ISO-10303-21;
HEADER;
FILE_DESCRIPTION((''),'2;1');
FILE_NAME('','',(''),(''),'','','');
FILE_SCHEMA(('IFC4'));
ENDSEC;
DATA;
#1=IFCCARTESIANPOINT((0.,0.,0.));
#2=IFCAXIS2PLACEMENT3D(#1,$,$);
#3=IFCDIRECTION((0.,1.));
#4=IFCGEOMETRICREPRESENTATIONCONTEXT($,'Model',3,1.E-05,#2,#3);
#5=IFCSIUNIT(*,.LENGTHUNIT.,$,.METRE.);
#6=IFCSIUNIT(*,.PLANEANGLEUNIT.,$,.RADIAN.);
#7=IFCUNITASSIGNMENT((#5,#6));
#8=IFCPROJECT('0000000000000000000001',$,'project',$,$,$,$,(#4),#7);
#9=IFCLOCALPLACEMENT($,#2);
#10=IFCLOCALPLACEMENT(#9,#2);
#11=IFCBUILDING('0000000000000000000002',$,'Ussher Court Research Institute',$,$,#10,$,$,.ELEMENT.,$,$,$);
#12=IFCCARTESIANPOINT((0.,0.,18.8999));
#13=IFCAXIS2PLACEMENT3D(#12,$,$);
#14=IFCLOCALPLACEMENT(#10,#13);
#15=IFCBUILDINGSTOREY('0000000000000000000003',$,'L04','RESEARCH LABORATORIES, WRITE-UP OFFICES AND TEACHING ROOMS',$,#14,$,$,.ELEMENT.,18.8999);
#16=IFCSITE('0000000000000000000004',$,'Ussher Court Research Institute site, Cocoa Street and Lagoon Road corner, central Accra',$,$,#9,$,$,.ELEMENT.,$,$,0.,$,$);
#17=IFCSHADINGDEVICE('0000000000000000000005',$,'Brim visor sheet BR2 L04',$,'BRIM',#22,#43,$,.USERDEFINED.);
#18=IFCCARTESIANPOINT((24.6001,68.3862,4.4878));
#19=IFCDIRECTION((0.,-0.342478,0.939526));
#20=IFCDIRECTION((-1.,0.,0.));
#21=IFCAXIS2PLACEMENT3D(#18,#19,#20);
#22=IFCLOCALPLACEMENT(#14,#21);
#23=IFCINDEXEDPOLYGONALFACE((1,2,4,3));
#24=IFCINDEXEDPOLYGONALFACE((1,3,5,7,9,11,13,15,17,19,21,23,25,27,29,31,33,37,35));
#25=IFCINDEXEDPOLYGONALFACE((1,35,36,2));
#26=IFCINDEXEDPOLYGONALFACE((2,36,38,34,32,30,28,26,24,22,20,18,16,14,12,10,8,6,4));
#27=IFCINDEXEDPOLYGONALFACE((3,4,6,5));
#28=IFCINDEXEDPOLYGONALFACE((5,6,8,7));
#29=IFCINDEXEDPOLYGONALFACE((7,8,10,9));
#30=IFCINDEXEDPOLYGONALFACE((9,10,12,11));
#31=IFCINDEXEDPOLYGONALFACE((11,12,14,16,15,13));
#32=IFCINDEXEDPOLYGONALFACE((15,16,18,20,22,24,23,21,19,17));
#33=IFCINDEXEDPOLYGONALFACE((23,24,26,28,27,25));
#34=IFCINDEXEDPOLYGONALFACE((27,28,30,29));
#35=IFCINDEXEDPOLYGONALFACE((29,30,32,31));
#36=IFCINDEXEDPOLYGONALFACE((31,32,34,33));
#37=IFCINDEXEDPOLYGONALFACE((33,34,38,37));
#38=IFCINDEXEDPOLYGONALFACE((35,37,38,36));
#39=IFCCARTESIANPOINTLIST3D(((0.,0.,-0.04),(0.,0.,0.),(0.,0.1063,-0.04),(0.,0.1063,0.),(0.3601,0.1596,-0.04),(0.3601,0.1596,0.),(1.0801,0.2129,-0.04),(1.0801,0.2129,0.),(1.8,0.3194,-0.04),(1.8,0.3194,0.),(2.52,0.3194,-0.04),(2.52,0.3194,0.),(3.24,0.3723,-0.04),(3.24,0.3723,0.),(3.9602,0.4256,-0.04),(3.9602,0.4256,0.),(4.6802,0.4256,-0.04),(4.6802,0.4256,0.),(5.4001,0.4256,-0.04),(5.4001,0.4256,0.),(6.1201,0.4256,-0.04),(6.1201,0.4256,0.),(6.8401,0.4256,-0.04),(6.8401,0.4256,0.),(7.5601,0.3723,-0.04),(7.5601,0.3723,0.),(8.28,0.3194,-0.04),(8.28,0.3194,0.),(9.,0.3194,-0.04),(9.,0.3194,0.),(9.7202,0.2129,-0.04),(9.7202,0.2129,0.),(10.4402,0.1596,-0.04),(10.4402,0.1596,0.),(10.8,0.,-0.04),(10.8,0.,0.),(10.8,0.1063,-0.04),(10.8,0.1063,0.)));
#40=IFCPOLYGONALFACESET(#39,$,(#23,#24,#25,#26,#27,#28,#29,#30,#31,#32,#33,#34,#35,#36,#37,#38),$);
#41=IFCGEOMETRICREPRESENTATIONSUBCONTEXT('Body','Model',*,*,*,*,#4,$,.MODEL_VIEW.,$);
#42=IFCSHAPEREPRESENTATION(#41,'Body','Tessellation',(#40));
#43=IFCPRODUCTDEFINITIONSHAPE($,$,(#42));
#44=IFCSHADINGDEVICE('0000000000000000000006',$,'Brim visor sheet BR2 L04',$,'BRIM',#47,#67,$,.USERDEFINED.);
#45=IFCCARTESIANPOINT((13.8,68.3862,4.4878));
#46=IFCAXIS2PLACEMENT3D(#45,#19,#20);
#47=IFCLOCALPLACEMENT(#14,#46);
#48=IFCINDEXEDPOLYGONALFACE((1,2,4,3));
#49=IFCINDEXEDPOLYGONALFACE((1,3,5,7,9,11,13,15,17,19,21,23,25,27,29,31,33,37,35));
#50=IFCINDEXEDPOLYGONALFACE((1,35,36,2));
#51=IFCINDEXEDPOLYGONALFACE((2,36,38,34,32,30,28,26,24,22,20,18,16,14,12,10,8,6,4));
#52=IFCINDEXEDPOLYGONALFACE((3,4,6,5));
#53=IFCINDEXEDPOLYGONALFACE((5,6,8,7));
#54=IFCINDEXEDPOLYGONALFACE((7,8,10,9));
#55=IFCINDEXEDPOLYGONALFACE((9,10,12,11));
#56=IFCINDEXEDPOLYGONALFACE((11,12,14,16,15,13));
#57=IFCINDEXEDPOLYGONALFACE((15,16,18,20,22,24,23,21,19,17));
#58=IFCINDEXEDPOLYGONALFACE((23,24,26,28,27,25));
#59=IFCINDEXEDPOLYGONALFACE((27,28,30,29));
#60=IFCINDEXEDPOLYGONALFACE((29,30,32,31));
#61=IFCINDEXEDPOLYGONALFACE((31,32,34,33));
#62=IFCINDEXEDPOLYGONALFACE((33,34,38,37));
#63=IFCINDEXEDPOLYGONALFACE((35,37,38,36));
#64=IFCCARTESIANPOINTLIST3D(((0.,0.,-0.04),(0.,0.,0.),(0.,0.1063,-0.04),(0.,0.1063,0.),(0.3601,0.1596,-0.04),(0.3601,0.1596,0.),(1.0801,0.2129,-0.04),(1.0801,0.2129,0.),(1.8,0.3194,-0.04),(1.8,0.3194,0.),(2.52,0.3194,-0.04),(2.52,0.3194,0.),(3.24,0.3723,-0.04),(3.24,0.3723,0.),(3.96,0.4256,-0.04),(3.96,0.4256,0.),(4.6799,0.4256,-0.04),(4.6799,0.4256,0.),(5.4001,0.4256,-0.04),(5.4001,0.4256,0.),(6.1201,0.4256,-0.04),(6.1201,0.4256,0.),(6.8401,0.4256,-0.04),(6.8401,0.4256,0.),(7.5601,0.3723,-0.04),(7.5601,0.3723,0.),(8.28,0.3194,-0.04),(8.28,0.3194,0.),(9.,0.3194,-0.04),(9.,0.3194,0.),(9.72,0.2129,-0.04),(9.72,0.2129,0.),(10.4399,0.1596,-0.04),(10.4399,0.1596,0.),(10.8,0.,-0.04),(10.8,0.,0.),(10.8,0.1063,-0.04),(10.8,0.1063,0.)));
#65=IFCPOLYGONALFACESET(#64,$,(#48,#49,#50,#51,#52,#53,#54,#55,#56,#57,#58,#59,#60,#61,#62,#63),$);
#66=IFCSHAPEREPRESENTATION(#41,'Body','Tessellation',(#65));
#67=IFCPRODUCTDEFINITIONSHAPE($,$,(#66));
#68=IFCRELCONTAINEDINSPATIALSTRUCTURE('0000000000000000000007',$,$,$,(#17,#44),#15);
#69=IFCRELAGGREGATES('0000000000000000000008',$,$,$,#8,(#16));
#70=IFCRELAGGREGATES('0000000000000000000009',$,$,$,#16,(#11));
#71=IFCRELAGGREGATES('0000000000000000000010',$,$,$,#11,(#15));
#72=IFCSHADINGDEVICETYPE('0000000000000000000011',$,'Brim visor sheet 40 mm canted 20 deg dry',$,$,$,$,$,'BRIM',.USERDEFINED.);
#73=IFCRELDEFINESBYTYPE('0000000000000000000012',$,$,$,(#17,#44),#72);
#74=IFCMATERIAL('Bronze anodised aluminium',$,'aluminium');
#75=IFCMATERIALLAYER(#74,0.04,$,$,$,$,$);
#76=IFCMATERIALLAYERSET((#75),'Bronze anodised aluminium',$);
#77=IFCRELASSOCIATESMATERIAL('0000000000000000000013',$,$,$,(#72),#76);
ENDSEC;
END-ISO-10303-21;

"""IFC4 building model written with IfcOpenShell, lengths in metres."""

from ifc_helpers import new_model, si_unit, direction, frame, origin, place, context, subcontext, project, spatial, polyline, outline, extrude, material, layer, layer_set, type_object, element, save


model = new_model("IFC4")

# Units and contexts
model_context = context("Model", 3, precision=1e-05, world=origin(), true_north=direction((0.0, 1.0)))
body_context = subcontext(model_context, "Body", "Model", "MODEL_VIEW")
ifc_project = project(units=[si_unit("LENGTHUNIT", "METRE"), si_unit("PLANEANGLEUNIT", "RADIAN")], contexts=[model_context])

# Site, building, storey
site_placement = place(None, origin())
site = spatial("IfcSite", under=ifc_project, at=site_placement, Name="Ussher Court Research Institute site, Cocoa Street and Lagoon Road corner, central Accra", CompositionType="ELEMENT", RefElevation=0.0)
building_placement = place(site_placement, origin())
building = spatial("IfcBuilding", under=site, at=building_placement, Name="Ussher Court Research Institute", CompositionType="ELEMENT")
storey_placement = place(building_placement, frame((0.0, 0.0, 18.8999)))
storey = spatial("IfcBuildingStorey", under=building, at=storey_placement, Name="L04", Description="RESEARCH LABORATORIES, WRITE-UP OFFICES AND TEACHING ROOMS", CompositionType="ELEMENT", Elevation=18.8999)

# Shading devices
ifc_material_1 = material(Name="Bronze anodised aluminium", Category="aluminium")
ifc_layer_1 = layer(ifc_material_1, 0.04)
ifc_layer_set_1 = layer_set([ifc_layer_1], Name="Bronze anodised aluminium")
shading_device_type = type_object("IfcShadingDeviceType", Name="Brim visor sheet 40 mm canted 20 deg dry", ElementType="BRIM", PredefinedType="USERDEFINED", material=ifc_layer_set_1)
shading_device_1_placement = place(storey_placement, frame((24.6001, 68.3862, 4.4878), z_axis=(0.0, -0.342478, 0.939526), x_axis=(-1.0, 0.0, 0.0)))
element("IfcShadingDevice", 1, at=shading_device_1_placement, inside=storey, type_object=shading_device_type, Name="Brim visor sheet BR2 L04", ObjectType="BRIM", PredefinedType="USERDEFINED", context=body_context, shape_type="SweptSolid", body=[
    extrude(outline(polyline([(0.0, 0.0), (10.8, 0.0), (10.8, 0.1063), (10.4402, 0.1596), (9.7202, 0.2129), (9.0, 0.3194), (8.28, 0.3194), (7.5601, 0.3723), (6.8401, 0.4256), (6.1201, 0.4256), (5.4001, 0.4256), (4.6802, 0.4256), (3.9602, 0.4256), (3.24, 0.3723), (2.52, 0.3194), (1.8, 0.3194), (1.0801, 0.2129), (0.3601, 0.1596), (0.0, 0.1063), (0.0, 0.0)])), origin(), (0.0, 0.0, -1.0), 0.04),
])
shading_device_2_placement = place(storey_placement, frame((13.8, 68.3862, 4.4878), z_axis=(0.0, -0.342478, 0.939526), x_axis=(-1.0, 0.0, 0.0)))
element("IfcShadingDevice", 2, at=shading_device_2_placement, inside=storey, type_object=shading_device_type, Name="Brim visor sheet BR2 L04", ObjectType="BRIM", PredefinedType="USERDEFINED", context=body_context, shape_type="SweptSolid", body=[
    extrude(outline(polyline([(0.0, 0.0), (10.8, 0.0), (10.8, 0.1063), (10.4399, 0.1596), (9.72, 0.2129), (9.0, 0.3194), (8.28, 0.3194), (7.5601, 0.3723), (6.8401, 0.4256), (6.1201, 0.4256), (5.4001, 0.4256), (4.6799, 0.4256), (3.96, 0.4256), (3.24, 0.3723), (2.52, 0.3194), (1.8, 0.3194), (1.0801, 0.2129), (0.3601, 0.1596), (0.0, 0.1063), (0.0, 0.0)])), origin(), (0.0, 0.0, -1.0), 0.04),
])

save(model, "model.ifc")
